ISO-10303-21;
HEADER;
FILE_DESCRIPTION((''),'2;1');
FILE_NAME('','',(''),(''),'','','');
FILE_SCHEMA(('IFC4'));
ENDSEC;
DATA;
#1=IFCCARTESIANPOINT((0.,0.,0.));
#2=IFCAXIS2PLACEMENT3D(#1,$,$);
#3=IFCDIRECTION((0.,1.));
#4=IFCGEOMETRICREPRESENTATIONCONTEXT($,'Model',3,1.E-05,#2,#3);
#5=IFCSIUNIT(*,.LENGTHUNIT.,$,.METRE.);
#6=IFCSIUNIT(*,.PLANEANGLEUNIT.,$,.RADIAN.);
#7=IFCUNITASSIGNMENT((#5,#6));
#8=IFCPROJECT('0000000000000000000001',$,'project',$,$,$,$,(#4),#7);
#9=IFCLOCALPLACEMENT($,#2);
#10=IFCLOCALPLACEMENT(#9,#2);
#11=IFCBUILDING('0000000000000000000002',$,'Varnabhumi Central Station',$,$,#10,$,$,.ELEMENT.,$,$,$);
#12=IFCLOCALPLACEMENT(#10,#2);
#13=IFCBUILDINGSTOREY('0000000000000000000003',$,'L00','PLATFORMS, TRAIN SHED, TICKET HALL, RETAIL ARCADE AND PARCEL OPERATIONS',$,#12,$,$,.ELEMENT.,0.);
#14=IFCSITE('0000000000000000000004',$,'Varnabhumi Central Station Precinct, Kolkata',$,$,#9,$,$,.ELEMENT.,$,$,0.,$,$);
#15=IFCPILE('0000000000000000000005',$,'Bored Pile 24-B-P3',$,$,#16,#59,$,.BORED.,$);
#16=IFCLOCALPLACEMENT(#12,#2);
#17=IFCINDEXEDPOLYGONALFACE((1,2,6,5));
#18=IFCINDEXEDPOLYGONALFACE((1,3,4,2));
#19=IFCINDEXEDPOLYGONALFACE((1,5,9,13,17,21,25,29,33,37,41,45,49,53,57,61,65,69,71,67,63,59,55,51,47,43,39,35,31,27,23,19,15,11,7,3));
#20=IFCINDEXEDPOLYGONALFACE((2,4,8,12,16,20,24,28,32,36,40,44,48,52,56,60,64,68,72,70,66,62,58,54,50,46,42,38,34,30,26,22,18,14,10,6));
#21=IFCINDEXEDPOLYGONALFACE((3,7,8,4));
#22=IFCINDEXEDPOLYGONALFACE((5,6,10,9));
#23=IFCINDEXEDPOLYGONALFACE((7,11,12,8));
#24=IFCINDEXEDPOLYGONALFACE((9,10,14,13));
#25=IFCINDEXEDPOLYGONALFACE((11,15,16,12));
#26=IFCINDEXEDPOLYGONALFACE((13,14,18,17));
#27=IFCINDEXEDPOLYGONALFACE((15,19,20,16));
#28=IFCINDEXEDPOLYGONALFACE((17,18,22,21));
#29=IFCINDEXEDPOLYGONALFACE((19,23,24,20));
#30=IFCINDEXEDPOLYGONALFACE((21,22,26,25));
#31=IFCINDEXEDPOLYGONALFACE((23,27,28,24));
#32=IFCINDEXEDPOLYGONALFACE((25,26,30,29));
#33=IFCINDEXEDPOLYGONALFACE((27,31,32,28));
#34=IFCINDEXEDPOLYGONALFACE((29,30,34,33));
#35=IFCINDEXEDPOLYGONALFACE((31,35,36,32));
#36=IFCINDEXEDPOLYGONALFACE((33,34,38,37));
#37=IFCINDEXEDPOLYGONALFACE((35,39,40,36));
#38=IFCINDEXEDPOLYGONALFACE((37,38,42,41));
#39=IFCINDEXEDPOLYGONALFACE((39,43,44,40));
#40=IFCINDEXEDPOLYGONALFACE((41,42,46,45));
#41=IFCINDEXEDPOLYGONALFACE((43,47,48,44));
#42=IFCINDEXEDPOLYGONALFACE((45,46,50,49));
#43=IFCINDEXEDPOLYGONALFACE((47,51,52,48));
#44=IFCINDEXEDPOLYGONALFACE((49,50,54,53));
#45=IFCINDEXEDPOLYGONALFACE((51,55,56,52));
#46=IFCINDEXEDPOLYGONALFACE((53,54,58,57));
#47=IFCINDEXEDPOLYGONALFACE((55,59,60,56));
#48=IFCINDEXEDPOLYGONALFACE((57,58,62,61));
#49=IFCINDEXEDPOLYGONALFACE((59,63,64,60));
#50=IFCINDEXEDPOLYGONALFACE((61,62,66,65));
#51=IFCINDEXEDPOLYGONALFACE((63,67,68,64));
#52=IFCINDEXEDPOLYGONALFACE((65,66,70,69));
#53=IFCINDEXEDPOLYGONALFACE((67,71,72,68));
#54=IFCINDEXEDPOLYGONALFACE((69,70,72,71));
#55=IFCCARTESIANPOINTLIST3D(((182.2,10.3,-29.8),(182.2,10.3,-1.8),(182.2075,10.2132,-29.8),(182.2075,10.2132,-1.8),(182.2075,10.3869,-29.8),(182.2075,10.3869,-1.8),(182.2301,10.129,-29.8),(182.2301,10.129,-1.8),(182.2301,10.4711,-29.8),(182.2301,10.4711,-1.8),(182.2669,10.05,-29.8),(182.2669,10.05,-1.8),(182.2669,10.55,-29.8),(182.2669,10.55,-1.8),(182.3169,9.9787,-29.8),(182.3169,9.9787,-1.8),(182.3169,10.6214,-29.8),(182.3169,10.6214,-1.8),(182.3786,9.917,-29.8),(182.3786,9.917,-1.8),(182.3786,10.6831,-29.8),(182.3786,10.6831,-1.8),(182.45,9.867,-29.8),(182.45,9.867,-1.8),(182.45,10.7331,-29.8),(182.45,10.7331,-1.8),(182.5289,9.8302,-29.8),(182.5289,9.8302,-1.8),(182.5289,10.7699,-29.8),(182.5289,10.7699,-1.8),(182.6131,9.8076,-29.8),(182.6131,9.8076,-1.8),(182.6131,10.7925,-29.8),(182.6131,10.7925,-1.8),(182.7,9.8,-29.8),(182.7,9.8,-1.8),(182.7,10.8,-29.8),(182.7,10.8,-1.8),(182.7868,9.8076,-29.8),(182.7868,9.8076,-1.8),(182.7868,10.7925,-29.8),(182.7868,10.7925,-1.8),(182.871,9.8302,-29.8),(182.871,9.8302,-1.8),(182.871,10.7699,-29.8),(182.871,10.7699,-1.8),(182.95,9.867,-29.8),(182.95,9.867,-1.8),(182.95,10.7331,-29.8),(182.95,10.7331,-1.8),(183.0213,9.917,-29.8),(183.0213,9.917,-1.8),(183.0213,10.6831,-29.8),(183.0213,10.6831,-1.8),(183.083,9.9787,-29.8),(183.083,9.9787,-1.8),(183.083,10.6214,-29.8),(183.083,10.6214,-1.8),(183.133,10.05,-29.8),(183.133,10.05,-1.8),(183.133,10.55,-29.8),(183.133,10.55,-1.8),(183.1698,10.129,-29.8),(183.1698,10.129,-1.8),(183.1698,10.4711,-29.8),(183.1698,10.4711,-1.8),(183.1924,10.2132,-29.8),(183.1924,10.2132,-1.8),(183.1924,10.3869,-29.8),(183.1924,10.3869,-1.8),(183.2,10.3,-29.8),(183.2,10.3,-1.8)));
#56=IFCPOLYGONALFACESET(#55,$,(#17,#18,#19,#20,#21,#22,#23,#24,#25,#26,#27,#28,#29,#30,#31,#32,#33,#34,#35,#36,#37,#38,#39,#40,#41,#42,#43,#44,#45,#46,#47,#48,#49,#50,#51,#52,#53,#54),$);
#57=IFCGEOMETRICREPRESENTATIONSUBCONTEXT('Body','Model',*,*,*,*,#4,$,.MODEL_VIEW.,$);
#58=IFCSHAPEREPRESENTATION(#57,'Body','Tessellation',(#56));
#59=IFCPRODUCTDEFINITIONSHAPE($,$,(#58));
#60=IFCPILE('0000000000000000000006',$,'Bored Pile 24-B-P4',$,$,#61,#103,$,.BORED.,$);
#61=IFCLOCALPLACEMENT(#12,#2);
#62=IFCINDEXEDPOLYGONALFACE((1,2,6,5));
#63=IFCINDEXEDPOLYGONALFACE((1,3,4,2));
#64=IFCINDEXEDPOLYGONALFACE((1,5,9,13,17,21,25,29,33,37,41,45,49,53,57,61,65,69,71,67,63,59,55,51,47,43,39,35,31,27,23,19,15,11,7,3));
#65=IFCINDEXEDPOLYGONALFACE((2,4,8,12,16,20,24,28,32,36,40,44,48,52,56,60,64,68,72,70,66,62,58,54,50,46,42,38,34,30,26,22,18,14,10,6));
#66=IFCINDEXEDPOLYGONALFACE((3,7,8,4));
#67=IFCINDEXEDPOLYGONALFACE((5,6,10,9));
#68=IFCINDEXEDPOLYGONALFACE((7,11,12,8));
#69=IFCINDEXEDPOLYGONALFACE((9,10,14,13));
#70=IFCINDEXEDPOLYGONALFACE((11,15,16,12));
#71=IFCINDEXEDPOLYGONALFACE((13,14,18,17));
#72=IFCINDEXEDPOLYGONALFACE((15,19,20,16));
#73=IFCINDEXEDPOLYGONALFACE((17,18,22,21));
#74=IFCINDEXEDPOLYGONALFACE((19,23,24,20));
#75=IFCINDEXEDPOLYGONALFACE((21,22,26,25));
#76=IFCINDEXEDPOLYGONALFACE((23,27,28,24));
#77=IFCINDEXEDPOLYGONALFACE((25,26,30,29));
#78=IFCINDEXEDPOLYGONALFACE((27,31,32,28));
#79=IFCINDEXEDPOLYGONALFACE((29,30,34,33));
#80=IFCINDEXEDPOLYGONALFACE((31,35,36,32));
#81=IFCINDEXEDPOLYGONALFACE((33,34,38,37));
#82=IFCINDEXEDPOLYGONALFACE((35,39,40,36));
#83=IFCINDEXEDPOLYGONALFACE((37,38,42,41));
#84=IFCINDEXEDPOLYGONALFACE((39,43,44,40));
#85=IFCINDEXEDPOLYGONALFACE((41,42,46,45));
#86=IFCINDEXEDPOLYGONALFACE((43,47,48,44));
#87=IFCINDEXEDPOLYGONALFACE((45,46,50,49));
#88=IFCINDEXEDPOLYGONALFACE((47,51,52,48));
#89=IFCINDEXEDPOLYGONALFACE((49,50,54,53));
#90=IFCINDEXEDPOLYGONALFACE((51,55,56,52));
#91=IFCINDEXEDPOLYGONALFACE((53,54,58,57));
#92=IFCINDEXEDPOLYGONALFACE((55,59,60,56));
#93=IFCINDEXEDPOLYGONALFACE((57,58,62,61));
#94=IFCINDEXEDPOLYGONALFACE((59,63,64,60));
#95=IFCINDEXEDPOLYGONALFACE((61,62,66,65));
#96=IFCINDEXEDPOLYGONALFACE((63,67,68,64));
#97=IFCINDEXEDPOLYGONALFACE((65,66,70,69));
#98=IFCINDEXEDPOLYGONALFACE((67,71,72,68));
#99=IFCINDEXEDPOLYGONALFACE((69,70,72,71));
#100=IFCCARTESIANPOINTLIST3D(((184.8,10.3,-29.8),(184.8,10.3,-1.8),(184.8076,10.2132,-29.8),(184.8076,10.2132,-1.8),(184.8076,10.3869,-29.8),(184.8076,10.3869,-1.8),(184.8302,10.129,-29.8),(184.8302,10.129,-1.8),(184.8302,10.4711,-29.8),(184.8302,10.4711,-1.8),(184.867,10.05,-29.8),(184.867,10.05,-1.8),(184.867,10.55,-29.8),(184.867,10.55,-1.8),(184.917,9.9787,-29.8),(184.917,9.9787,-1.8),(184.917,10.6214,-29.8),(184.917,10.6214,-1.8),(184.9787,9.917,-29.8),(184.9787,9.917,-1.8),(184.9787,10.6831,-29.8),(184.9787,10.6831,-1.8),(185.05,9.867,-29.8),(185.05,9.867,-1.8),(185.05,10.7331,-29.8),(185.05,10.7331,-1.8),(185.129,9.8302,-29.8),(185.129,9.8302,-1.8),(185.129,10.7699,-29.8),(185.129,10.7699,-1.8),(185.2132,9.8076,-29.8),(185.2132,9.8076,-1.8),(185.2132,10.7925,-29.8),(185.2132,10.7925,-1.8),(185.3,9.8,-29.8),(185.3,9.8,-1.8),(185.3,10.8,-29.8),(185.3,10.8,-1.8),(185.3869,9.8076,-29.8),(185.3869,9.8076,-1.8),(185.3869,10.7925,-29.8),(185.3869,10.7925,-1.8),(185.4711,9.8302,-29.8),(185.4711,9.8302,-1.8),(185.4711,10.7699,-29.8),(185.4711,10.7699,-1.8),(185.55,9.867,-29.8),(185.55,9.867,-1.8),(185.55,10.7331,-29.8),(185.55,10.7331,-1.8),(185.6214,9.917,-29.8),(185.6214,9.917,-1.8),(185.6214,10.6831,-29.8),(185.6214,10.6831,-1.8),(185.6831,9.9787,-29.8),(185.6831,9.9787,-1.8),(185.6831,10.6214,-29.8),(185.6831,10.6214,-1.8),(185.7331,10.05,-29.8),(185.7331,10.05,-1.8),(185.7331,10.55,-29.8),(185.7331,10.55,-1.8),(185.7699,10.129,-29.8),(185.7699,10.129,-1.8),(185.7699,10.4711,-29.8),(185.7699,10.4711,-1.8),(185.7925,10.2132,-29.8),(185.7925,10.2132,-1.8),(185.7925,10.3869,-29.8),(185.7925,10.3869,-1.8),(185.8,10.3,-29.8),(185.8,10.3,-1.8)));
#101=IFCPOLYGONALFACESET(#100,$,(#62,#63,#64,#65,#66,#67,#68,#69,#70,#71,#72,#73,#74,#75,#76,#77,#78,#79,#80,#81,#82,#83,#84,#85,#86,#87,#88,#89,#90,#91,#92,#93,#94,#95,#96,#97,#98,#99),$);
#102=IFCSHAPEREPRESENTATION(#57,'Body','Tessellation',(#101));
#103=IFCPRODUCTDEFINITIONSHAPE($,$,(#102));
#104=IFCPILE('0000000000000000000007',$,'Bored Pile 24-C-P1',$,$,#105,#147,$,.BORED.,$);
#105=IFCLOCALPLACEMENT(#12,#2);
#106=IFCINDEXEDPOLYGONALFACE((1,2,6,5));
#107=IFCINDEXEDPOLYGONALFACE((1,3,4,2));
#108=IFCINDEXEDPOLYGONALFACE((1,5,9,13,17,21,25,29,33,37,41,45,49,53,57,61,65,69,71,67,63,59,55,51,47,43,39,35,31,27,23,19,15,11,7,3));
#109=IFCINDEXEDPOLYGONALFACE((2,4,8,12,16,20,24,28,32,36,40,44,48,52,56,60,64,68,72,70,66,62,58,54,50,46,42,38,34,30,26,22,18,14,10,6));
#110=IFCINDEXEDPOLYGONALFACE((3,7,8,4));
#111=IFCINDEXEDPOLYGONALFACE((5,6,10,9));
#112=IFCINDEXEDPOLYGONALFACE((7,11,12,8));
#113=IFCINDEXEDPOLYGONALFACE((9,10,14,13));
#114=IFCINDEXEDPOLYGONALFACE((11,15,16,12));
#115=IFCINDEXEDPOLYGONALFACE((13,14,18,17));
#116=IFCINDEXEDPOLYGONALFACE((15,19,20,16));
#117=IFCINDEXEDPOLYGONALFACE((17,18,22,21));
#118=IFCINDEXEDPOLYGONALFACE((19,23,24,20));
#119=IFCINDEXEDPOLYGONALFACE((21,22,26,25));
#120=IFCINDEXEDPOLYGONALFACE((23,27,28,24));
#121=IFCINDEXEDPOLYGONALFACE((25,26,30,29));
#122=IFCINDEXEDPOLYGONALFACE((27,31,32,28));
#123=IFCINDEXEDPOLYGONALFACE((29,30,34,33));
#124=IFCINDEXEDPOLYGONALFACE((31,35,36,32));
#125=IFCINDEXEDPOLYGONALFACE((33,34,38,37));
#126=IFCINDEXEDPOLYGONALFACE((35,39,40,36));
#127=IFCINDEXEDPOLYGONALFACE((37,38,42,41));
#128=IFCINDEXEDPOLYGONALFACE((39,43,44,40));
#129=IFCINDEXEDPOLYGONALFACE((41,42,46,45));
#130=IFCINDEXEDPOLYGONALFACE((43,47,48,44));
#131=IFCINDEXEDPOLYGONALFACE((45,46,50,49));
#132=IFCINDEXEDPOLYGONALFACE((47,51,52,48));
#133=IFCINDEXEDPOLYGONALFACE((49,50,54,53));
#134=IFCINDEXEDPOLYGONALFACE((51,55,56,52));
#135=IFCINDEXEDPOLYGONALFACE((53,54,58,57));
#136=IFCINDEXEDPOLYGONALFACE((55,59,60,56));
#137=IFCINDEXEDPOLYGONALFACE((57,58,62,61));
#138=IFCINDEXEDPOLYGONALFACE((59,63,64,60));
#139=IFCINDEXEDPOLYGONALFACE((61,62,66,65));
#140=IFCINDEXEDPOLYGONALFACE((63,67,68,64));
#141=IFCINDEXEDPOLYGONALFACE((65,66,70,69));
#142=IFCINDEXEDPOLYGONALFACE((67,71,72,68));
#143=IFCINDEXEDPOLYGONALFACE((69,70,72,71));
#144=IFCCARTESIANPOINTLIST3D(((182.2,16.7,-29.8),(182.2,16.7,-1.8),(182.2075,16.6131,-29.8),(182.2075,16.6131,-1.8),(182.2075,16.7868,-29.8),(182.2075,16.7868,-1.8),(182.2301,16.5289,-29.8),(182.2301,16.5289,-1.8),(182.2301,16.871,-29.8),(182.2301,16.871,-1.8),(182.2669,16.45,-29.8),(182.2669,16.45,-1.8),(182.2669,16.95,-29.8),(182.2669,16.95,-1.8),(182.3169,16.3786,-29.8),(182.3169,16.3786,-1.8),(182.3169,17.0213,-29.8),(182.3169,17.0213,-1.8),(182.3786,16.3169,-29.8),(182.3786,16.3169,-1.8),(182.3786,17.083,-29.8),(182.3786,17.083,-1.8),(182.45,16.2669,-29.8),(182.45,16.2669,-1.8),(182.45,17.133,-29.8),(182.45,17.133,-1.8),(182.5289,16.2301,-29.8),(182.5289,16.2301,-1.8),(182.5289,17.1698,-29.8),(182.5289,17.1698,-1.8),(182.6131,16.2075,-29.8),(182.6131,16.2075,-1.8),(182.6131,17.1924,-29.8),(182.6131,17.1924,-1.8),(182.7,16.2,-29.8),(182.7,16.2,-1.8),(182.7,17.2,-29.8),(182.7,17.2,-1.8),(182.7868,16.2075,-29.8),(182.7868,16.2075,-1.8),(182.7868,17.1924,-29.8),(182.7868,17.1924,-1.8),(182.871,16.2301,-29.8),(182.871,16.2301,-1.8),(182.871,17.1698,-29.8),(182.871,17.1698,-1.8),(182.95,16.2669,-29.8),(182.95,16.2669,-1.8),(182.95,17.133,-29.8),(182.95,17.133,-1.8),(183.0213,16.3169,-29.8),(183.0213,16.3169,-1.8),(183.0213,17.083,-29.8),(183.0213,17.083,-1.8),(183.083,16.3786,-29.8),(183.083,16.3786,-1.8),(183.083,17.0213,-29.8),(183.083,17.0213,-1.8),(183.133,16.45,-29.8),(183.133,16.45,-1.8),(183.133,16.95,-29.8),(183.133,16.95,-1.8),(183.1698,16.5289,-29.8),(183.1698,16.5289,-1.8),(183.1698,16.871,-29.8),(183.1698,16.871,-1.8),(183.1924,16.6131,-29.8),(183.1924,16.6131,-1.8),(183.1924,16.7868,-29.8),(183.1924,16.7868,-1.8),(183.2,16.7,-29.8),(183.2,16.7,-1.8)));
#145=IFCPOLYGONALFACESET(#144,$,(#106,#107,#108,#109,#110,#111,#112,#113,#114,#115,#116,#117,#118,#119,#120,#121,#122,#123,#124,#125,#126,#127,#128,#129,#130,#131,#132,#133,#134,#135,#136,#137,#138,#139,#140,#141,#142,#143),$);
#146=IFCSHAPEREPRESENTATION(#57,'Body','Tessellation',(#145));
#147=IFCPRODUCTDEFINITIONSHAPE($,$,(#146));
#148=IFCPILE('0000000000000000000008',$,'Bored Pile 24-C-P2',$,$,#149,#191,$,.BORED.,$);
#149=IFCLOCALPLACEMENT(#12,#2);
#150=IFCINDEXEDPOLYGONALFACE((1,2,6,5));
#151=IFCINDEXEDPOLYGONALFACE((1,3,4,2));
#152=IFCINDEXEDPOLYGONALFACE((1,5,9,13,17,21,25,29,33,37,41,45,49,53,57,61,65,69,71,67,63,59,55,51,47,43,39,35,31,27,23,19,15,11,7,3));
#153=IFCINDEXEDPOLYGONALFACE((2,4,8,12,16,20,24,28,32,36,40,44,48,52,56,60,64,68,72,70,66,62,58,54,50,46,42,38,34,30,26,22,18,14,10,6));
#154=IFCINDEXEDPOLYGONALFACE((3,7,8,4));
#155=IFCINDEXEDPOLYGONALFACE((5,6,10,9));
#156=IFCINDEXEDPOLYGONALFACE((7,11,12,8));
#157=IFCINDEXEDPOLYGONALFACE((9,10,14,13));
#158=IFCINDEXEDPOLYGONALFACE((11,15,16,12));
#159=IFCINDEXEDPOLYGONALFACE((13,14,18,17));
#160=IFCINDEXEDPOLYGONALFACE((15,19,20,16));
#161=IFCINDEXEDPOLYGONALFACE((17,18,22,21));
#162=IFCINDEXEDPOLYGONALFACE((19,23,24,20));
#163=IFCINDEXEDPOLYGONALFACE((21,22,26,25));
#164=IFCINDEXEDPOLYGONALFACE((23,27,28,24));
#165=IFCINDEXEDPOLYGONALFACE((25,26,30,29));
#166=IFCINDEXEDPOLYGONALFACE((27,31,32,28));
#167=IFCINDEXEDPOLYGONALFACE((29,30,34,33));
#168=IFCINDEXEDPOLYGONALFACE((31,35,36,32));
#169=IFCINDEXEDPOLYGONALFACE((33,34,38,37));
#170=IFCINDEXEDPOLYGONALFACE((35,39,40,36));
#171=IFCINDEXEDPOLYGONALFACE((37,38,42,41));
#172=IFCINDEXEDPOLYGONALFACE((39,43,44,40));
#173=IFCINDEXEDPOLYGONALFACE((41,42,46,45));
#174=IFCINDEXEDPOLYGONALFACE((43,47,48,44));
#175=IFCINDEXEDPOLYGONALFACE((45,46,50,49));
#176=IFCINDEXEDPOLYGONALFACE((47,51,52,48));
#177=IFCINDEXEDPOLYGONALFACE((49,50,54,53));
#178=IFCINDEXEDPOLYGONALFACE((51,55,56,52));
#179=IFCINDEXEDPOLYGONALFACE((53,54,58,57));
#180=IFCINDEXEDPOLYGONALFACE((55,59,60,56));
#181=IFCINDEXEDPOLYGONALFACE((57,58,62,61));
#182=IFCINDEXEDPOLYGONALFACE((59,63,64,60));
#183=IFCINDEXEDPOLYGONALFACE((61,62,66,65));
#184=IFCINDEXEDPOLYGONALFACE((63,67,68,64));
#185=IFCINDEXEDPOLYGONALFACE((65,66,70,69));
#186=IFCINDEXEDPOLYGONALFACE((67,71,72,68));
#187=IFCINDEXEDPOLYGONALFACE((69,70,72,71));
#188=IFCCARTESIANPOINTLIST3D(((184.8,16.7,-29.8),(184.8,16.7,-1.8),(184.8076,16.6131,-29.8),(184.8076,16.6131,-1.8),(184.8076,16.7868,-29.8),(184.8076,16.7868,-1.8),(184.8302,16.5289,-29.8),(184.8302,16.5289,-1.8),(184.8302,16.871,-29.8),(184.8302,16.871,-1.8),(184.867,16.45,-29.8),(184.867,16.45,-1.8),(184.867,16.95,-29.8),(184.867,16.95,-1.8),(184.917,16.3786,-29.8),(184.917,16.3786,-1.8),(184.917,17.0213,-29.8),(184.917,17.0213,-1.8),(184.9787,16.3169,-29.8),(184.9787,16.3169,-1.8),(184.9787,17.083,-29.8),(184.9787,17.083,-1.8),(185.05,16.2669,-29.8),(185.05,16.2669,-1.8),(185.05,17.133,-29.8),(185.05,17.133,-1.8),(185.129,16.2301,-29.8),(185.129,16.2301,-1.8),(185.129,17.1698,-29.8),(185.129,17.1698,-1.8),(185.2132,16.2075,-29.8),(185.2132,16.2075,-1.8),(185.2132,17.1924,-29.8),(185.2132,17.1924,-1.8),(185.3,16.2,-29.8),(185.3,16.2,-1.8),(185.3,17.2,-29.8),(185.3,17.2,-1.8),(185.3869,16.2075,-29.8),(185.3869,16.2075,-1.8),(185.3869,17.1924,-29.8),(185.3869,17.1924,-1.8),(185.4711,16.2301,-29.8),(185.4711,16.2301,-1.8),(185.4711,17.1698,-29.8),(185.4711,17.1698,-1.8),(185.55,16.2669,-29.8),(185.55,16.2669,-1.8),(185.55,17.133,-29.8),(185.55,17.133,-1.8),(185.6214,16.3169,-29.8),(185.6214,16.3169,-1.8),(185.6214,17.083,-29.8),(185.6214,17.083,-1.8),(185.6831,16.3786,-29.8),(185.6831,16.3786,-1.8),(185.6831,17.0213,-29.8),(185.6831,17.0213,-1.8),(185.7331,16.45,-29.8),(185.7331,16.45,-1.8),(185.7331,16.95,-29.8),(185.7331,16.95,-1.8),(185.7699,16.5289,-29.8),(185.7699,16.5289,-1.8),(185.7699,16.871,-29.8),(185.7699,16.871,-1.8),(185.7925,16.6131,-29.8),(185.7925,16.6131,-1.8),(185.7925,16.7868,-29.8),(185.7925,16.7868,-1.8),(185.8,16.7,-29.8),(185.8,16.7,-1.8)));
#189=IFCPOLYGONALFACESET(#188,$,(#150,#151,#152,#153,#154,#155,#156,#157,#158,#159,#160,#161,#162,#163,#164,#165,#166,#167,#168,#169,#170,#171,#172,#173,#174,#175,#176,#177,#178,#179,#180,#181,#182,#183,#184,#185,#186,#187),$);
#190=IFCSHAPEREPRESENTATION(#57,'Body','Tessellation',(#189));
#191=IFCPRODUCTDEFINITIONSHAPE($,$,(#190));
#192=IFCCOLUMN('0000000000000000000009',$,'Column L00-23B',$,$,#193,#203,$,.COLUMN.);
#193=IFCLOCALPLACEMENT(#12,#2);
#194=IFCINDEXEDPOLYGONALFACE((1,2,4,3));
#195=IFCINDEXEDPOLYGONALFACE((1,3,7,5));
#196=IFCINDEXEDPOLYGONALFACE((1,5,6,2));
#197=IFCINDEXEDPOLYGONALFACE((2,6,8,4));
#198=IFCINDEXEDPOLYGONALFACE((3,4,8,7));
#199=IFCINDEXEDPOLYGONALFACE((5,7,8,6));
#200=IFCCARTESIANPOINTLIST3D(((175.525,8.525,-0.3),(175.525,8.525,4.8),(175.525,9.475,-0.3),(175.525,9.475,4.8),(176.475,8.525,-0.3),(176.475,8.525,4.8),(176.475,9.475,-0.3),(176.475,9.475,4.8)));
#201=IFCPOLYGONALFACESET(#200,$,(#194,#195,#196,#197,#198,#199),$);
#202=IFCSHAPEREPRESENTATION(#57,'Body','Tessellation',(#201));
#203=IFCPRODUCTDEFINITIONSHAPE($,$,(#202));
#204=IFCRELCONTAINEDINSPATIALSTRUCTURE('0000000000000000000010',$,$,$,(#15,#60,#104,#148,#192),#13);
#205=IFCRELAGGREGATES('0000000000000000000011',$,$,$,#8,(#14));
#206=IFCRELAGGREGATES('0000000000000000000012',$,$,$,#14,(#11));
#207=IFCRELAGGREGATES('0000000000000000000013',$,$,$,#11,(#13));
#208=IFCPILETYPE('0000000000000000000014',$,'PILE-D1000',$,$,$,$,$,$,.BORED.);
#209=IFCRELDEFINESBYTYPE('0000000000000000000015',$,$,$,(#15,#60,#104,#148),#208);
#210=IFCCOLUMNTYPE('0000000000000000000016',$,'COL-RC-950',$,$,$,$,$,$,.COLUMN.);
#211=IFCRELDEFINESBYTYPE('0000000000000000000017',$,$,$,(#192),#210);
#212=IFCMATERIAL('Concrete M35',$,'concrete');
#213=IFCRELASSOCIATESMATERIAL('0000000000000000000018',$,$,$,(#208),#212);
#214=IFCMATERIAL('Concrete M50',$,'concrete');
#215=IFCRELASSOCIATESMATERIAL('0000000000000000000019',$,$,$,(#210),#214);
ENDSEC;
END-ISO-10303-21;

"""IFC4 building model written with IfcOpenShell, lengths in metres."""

from ifc_helpers import new_model, si_unit, direction, frame, origin, origin_2d, place, context, subcontext, project, spatial, rectangle, circle, extrude, material, material_profile, profile_set, type_object, element, save


model = new_model("IFC4")

# Units and contexts
model_context = context("Model", 3, precision=1e-05, world=origin(), true_north=direction((0.0, 1.0)))
body_context = subcontext(model_context, "Body", "Model", "MODEL_VIEW")
ifc_project = project(units=[si_unit("LENGTHUNIT", "METRE"), si_unit("PLANEANGLEUNIT", "RADIAN")], contexts=[model_context])

# Site, building, storey
site_placement = place(None, origin())
site = spatial("IfcSite", under=ifc_project, at=site_placement, Name="Varnabhumi Central Station Precinct, Kolkata", CompositionType="ELEMENT", RefElevation=0.0)
building_placement = place(site_placement, origin())
building = spatial("IfcBuilding", under=site, at=building_placement, Name="Varnabhumi Central Station", CompositionType="ELEMENT")
storey_placement = place(building_placement, origin())
storey = spatial("IfcBuildingStorey", under=building, at=storey_placement, Name="L00", Description="PLATFORMS, TRAIN SHED, TICKET HALL, RETAIL ARCADE AND PARCEL OPERATIONS", CompositionType="ELEMENT", Elevation=0.0)

# Piles
ifc_material_1 = material(Name="Concrete M35", Category="concrete")
ifc_material_profile_1 = material_profile(ifc_material_1, circle(Radius=0.5, at=origin_2d()), Name="Concrete M35", Category="concrete")
ifc_profile_set_1 = profile_set([ifc_material_profile_1], Name="Concrete M35")
pile_type = type_object("IfcPileType", Name="PILE-D1000", PredefinedType="BORED", material=ifc_profile_set_1)
for number, where, z_axis, x_axis, name in (
    (1, (182.7, 10.3, -1.8), (0.0, 0.0, -1.0), (1.0, 0.0, 0.0), "Bored Pile 24-B-P3"),
    (2, (185.3, 10.3, -1.8), (0.0, 0.0, -1.0), (1.0, 0.0, 0.0), "Bored Pile 24-B-P4"),
    (3, (182.7, 16.7, -1.8), (0.0, 0.0, -1.0), (1.0, 0.0, 0.0), "Bored Pile 24-C-P1"),
    (4, (185.3, 16.7, -1.8), (0.0, 0.0, -1.0), (1.0, 0.0, 0.0), "Bored Pile 24-C-P2"),
):
    element("IfcPile", number, at=place(storey_placement, frame(where, z_axis=z_axis, x_axis=x_axis)), inside=storey, type_object=pile_type, Name=name, PredefinedType="BORED", context=body_context, shape_type="SweptSolid", body=[
        extrude(circle(Radius=0.5, at=origin_2d()), origin(), (0.0, 0.0, 1.0), 28.0),
    ])

# Column
ifc_material_2 = material(Name="Concrete M50", Category="concrete")
ifc_material_profile_2 = material_profile(ifc_material_2, rectangle(XDim=0.95, YDim=0.95, at=origin_2d()), Name="Concrete M50", Category="concrete")
ifc_profile_set_2 = profile_set([ifc_material_profile_2], Name="Concrete M50")
column_type = type_object("IfcColumnType", Name="COL-RC-950", PredefinedType="COLUMN", material=ifc_profile_set_2)
for number, where, z_axis, x_axis, name in (
    (5, (176.0, 9.0, -0.3), (0.0, 0.0, 1.0), (1.0, 0.0, 0.0), "Column L00-23B"),
):
    element("IfcColumn", number, at=place(storey_placement, frame(where, z_axis=z_axis, x_axis=x_axis)), inside=storey, type_object=column_type, Name=name, PredefinedType="COLUMN", context=body_context, shape_type="SweptSolid", body=[
        extrude(rectangle(XDim=0.95, YDim=0.95, at=origin_2d()), origin(), (0.0, 0.0, 1.0), 5.1001),
    ])

save(model, "model.ifc")
